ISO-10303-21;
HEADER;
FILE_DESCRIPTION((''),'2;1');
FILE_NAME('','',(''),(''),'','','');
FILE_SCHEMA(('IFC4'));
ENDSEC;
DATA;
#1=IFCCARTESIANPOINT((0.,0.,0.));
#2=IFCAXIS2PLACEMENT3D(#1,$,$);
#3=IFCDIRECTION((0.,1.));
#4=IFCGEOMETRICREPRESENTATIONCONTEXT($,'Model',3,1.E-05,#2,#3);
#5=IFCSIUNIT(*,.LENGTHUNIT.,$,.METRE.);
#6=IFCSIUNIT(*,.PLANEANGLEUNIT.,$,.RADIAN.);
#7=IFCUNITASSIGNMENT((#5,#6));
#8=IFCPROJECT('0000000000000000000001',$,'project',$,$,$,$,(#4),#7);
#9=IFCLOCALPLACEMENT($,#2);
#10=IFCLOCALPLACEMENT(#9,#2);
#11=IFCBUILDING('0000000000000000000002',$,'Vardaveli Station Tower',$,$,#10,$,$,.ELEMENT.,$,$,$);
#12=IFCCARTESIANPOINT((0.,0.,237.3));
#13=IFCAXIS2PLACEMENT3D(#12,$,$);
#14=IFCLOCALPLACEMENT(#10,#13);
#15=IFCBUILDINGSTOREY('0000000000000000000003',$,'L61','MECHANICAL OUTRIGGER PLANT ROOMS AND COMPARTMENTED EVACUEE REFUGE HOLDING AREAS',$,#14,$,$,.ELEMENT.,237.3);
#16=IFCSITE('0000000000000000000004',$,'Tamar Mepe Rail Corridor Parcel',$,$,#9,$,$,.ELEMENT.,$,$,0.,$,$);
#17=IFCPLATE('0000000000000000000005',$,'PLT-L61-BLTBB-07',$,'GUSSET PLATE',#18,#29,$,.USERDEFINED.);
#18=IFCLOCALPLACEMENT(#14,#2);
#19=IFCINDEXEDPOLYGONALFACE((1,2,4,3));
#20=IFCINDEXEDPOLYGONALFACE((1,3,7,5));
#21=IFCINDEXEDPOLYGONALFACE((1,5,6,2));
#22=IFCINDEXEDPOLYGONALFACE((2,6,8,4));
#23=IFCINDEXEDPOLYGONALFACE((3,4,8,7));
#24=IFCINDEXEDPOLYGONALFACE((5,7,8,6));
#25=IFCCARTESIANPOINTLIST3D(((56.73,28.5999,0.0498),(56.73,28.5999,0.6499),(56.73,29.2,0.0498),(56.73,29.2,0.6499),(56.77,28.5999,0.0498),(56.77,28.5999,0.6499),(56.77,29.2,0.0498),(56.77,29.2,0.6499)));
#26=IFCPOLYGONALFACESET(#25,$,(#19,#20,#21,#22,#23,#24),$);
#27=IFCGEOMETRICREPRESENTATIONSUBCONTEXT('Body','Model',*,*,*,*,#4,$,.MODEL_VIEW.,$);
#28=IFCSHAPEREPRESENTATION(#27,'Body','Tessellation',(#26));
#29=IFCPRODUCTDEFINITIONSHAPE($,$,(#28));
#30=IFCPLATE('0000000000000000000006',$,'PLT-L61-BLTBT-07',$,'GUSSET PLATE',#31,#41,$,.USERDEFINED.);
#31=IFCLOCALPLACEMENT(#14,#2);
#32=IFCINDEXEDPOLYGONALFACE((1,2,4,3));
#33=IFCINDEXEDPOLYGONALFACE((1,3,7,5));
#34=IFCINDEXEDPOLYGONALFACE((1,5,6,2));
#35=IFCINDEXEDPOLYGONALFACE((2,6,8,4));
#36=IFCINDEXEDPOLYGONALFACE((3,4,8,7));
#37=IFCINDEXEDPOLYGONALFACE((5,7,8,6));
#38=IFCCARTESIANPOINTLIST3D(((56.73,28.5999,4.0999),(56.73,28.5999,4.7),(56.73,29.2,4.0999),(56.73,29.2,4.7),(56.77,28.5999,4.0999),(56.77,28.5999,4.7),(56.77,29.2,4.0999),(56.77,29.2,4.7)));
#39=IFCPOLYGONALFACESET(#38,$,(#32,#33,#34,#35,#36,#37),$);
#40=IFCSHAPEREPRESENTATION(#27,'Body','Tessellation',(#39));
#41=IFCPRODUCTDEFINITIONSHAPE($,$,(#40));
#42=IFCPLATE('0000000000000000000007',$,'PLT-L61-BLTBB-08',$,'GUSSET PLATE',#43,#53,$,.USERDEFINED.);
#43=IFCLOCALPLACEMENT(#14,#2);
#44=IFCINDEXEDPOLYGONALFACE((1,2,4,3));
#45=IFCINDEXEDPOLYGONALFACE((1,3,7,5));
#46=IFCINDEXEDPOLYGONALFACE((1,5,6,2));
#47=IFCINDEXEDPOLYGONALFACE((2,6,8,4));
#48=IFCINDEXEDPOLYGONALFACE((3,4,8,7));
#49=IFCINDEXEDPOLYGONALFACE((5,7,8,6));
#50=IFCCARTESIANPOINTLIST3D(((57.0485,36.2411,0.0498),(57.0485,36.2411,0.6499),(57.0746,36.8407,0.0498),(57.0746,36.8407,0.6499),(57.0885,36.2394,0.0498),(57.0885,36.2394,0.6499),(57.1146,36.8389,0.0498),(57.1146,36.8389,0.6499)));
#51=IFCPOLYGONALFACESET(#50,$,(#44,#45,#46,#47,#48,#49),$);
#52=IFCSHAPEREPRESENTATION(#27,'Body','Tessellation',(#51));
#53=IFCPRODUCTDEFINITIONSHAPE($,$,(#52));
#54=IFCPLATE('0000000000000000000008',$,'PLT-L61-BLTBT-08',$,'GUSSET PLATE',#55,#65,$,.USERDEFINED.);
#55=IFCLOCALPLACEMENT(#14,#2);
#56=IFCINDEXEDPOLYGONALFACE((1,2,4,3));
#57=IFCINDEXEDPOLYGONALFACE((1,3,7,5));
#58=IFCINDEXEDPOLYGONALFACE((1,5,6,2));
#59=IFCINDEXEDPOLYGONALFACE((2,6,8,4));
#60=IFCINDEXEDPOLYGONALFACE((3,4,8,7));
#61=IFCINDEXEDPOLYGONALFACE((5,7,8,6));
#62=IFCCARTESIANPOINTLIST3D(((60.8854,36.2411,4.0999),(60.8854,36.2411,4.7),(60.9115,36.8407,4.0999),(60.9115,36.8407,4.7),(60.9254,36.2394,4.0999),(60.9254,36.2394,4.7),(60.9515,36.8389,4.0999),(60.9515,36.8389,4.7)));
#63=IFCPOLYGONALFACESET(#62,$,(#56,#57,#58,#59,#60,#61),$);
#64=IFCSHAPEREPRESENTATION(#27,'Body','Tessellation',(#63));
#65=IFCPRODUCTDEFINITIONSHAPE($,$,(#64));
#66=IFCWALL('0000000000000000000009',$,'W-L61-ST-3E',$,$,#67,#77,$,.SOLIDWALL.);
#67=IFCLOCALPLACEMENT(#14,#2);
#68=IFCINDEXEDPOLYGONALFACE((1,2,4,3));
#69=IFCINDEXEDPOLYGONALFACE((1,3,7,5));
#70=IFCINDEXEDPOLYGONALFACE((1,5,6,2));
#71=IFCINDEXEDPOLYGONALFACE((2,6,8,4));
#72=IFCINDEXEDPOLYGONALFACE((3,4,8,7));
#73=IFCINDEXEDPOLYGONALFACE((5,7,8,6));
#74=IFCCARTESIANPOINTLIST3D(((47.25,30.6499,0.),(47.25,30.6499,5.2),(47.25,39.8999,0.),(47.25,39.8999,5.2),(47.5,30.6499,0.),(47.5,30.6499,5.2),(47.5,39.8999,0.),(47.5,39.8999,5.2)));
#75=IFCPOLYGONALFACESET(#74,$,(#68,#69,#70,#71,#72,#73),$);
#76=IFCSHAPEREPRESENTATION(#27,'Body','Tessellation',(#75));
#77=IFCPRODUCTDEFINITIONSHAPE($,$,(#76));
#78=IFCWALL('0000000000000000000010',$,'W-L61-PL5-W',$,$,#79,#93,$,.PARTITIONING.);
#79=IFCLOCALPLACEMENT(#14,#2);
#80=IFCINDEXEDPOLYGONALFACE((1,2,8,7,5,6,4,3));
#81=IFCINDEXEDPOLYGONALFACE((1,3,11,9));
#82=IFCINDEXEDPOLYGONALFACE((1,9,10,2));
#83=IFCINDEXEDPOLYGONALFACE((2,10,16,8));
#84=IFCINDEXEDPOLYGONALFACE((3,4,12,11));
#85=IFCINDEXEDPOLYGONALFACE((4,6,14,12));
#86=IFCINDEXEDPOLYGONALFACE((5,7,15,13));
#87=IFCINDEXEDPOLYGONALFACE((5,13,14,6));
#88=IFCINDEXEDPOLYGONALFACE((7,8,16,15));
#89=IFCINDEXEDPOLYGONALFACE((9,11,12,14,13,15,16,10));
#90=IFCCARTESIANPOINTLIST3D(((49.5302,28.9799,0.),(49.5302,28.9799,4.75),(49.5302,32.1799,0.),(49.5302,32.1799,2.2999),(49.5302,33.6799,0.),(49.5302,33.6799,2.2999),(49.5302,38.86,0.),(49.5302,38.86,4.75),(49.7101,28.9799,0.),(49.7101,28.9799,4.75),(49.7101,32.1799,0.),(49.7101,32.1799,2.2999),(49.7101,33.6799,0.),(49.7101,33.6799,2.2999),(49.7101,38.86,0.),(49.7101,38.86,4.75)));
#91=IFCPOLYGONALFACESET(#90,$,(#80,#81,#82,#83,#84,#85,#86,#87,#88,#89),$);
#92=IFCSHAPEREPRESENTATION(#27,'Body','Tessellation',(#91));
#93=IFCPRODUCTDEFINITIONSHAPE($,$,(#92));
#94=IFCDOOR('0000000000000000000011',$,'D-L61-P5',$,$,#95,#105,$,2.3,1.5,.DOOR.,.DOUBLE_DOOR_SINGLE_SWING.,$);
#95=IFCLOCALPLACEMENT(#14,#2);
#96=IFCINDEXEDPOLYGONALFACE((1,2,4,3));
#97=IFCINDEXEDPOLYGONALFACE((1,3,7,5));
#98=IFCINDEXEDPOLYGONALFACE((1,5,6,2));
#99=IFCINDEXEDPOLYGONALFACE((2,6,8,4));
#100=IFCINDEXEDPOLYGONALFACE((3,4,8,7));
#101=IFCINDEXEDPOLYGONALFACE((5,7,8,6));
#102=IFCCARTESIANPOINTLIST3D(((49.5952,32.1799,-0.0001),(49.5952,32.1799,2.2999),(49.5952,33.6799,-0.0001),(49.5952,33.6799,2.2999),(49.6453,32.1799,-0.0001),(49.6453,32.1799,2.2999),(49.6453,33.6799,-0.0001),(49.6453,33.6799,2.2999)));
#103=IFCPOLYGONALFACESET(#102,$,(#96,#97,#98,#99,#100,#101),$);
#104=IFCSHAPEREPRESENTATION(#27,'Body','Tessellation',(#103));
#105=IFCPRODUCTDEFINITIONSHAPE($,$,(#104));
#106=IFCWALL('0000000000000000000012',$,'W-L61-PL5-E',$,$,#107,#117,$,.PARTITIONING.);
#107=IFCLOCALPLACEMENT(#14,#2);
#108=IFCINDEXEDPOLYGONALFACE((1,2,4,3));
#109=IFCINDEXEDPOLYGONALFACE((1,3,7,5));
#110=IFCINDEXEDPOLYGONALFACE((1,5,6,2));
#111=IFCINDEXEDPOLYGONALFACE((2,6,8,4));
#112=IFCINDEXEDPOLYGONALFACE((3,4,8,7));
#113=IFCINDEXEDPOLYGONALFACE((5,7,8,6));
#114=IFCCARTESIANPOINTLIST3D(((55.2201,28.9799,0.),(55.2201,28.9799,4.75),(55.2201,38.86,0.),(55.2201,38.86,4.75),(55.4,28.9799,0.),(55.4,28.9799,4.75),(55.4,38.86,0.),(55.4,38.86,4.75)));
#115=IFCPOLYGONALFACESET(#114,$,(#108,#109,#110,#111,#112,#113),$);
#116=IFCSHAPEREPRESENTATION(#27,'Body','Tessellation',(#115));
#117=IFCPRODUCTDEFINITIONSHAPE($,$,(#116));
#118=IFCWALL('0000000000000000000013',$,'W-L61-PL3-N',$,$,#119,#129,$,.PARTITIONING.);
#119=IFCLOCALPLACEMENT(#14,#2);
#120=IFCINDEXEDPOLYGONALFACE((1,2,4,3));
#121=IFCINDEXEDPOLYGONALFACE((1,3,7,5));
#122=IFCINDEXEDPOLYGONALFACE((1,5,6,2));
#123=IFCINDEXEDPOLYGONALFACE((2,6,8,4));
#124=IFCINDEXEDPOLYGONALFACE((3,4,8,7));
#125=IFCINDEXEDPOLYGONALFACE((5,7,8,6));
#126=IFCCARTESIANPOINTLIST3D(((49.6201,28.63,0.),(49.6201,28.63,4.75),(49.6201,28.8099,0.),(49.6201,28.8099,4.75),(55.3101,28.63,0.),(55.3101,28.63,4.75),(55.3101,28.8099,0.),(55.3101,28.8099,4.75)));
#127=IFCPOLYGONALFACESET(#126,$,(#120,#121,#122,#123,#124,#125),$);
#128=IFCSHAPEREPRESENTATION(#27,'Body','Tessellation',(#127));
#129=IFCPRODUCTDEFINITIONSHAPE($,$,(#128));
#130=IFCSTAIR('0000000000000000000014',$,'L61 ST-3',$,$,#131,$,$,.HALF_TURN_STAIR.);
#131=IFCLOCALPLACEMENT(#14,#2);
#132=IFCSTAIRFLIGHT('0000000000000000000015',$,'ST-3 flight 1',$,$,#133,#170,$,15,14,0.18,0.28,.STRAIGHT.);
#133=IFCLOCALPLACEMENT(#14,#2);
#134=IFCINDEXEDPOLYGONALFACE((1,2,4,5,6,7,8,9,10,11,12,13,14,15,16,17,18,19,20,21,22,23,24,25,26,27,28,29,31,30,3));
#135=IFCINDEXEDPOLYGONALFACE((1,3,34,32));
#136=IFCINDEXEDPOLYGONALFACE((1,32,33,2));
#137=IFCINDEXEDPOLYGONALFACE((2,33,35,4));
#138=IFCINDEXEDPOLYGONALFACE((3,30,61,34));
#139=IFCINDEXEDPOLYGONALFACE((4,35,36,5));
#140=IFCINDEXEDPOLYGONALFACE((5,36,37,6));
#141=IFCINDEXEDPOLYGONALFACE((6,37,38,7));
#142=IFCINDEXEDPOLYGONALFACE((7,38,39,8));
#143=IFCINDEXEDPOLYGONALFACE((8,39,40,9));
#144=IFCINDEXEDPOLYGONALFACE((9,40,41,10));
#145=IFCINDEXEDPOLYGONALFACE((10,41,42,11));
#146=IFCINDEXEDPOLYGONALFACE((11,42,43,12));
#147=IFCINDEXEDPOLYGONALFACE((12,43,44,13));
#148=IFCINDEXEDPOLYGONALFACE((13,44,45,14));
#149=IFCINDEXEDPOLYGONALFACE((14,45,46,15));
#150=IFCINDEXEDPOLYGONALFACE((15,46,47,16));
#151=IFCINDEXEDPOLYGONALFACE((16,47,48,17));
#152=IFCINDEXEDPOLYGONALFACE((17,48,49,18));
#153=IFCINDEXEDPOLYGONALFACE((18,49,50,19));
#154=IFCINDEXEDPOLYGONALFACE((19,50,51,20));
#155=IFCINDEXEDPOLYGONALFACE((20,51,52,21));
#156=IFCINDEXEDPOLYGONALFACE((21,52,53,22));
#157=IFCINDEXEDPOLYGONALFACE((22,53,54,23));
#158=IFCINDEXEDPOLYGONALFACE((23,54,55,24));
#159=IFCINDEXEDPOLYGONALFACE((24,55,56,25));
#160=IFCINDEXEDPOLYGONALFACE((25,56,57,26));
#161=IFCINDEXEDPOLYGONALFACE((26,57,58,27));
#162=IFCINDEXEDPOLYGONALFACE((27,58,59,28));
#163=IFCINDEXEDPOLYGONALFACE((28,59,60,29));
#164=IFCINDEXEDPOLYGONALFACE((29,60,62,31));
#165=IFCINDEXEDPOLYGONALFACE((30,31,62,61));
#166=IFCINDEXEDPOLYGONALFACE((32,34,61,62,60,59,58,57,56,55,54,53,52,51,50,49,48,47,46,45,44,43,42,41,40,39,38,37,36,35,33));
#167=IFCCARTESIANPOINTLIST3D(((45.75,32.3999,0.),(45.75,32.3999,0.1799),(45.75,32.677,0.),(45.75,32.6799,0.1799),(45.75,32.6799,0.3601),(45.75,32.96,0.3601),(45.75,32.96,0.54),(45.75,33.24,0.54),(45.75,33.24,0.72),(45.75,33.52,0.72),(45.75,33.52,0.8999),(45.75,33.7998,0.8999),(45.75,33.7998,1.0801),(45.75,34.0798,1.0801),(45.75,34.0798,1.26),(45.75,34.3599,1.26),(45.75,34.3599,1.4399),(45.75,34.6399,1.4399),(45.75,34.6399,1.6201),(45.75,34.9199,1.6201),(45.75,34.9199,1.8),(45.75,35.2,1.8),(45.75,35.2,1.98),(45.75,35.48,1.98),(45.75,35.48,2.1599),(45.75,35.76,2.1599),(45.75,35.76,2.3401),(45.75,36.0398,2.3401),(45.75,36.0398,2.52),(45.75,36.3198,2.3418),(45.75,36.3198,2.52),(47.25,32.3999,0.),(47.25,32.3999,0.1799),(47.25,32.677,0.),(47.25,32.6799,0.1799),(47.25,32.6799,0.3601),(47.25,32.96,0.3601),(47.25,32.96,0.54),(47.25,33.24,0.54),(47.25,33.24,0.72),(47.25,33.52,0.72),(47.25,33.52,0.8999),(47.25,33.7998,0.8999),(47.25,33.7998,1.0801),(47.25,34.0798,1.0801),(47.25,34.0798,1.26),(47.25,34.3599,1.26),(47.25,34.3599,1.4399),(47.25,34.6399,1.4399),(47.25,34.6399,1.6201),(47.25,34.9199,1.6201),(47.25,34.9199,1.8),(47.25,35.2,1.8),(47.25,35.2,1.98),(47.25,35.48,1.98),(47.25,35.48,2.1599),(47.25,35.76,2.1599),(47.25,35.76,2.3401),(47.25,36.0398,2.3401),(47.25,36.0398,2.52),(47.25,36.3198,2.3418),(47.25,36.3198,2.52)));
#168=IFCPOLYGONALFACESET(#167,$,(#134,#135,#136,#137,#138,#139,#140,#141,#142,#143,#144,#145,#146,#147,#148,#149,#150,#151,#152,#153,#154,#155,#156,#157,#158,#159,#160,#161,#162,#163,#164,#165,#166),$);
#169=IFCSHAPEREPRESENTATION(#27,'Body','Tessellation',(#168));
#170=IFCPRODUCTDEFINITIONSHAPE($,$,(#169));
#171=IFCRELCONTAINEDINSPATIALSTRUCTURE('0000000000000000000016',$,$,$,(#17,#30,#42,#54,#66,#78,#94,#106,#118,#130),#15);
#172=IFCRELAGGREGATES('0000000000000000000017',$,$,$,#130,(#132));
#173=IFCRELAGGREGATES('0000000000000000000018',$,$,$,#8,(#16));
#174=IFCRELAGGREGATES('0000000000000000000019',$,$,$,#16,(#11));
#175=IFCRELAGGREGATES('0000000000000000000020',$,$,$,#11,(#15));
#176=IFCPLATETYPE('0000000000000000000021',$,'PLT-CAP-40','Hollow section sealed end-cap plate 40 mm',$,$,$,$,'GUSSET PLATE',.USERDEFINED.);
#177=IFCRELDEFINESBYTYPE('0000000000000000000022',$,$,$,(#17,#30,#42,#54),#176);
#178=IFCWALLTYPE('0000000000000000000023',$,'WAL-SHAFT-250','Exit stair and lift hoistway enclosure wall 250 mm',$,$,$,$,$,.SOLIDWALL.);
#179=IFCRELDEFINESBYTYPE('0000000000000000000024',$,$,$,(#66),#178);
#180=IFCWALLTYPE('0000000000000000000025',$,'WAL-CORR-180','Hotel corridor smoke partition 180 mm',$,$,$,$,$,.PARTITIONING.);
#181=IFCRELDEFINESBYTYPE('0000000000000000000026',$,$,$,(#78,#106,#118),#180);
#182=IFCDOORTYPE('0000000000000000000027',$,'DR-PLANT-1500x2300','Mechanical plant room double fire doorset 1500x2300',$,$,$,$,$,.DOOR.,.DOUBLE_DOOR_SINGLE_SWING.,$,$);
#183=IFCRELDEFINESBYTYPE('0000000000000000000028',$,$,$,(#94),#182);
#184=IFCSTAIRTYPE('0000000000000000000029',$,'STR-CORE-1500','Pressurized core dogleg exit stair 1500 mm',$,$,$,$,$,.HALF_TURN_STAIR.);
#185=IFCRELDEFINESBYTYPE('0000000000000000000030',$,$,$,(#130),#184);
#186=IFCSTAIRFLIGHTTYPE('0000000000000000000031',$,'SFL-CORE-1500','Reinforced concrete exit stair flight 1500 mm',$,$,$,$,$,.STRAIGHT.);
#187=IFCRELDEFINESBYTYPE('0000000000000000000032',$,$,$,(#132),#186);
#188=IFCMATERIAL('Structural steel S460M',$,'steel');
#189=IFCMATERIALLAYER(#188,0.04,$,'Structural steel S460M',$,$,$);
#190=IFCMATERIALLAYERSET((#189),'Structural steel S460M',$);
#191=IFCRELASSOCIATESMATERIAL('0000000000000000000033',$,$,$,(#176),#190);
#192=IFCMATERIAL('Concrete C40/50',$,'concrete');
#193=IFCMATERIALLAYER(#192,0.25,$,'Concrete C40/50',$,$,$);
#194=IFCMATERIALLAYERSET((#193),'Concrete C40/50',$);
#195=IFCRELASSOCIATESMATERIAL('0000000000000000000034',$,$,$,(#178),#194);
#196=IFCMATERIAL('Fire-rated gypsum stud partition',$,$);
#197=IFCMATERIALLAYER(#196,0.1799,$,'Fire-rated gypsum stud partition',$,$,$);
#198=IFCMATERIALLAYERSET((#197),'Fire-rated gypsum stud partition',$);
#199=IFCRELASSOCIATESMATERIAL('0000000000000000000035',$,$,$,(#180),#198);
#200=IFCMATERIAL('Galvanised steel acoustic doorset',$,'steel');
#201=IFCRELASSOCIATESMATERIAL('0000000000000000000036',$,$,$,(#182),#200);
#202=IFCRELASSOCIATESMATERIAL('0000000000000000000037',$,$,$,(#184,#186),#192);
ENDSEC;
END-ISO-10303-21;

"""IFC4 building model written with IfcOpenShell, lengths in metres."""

from ifc_helpers import new_model, si_unit, direction, frame, frame_2d, origin, origin_2d, place, context, subcontext, project, spatial, polyline, rectangle, outline, extrude, source, transform, mapped, material, layer, layer_set, type_object, element, fill, aggregate, save


model = new_model("IFC4")

# Units and contexts
model_context = context("Model", 3, precision=1e-05, world=origin(), true_north=direction((0.0, 1.0)))
body_context = subcontext(model_context, "Body", "Model", "MODEL_VIEW")
ifc_project = project(units=[si_unit("LENGTHUNIT", "METRE"), si_unit("PLANEANGLEUNIT", "RADIAN")], contexts=[model_context])

# Site, building, storey
site_placement = place(None, origin())
site = spatial("IfcSite", under=ifc_project, at=site_placement, Name="Tamar Mepe Rail Corridor Parcel", CompositionType="ELEMENT", RefElevation=0.0)
building_placement = place(site_placement, origin())
building = spatial("IfcBuilding", under=site, at=building_placement, Name="Vardaveli Station Tower", CompositionType="ELEMENT")
storey_placement = place(building_placement, frame((0.0, 0.0, 237.3)))
storey = spatial("IfcBuildingStorey", under=building, at=storey_placement, Name="L61", Description="MECHANICAL OUTRIGGER PLANT ROOMS AND COMPARTMENTED EVACUEE REFUGE HOLDING AREAS", CompositionType="ELEMENT", Elevation=237.3)

# Shared definitions
ifc_material_1 = material(Name="Structural steel S460M", Category="steel")

# Plates
ifc_layer_1 = layer(ifc_material_1, 0.04, Name="Structural steel S460M")
ifc_layer_set_1 = layer_set([ifc_layer_1], Name="Structural steel S460M")
plate_type_1 = type_object("IfcPlateType", Name="PLT-CAP-40", Description="Hollow section sealed end-cap plate 40 mm", ElementType="GUSSET PLATE", PredefinedType="USERDEFINED", material=ifc_layer_set_1)
shared_shape_1 = source(origin(), body_context, "Body", "SweptSolid", [
    extrude(rectangle(XDim=0.6001, YDim=0.04, at=origin_2d()), origin(), (0.0, 0.0, 1.0), 0.6001),
])
for number, where, z_axis, x_axis, name in (
    (1, (56.75, 28.8999, 0.0498), (0.0, 0.0, 1.0), (0.0, 1.0, 0.0), "PLT-L61-BLTBB-07"),
    (2, (56.75, 28.8999, 4.0999), (0.0, 0.0, 1.0), (0.0, 1.0, 0.0), "PLT-L61-BLTBT-07"),
    (3, (57.0815, 36.54, 0.0498), (0.0, 0.0, 1.0), (0.043445, 0.999056, 0.0), "PLT-L61-BLTBB-08"),
    (4, (60.9185, 36.54, 4.0999), (0.0, 0.0, 1.0), (0.043445, 0.999056, 0.0), "PLT-L61-BLTBT-08"),
):
    element("IfcPlate", number, at=place(storey_placement, frame(where, z_axis=z_axis, x_axis=x_axis)), inside=storey, type_object=plate_type_1, Name=name, ObjectType="GUSSET PLATE", PredefinedType="USERDEFINED", context=body_context, shape_type="MappedRepresentation", body=[
        mapped(shared_shape_1, transform((0.0, 0.0, 0.0), scale=1.0)),
    ])

# Wall
ifc_material_2 = material(Name="Concrete C40/50", Category="concrete")
ifc_layer_2 = layer(ifc_material_2, 0.25, Name="Concrete C40/50")
ifc_layer_set_2 = layer_set([ifc_layer_2], Name="Concrete C40/50")
wall_type_1 = type_object("IfcWallType", Name="WAL-SHAFT-250", Description="Exit stair and lift hoistway enclosure wall 250 mm", PredefinedType="SOLIDWALL", material=ifc_layer_set_2)
shared_shape_2 = source(origin(), body_context, "Body", "SweptSolid", [
    extrude(rectangle(XDim=9.25, YDim=0.25, at=frame_2d((4.625, 0.0))), origin(), (0.0, 0.0, 1.0), 5.2),
])
wall_1_placement = place(storey_placement, frame((47.375, 30.6499, 0.0), z_axis=(0.0, 0.0, 1.0), x_axis=(0.0, 1.0, 0.0)))
element("IfcWall", 5, at=wall_1_placement, inside=storey, type_object=wall_type_1, Name="W-L61-ST-3E", PredefinedType="SOLIDWALL", context=body_context, shape_type="MappedRepresentation", body=[
    mapped(shared_shape_2, transform((0.0, 0.0, 0.0), scale=1.0)),
])

# Wall, opening, door
ifc_material_3 = material(Name="Fire-rated gypsum stud partition")
ifc_layer_3 = layer(ifc_material_3, 0.1799, Name="Fire-rated gypsum stud partition")
ifc_layer_set_3 = layer_set([ifc_layer_3], Name="Fire-rated gypsum stud partition")
wall_type_2 = type_object("IfcWallType", Name="WAL-CORR-180", Description="Hotel corridor smoke partition 180 mm", PredefinedType="PARTITIONING", material=ifc_layer_set_3)
shared_shape_3 = source(origin(), body_context, "Body", "SweptSolid", [
    extrude(rectangle(XDim=9.8801, YDim=0.1799, at=frame_2d((4.9399, 0.0))), origin(), (0.0, 0.0, 1.0), 4.75),
])
wall_2_placement = place(storey_placement, frame((49.6201, 28.98, 0.0), z_axis=(0.0, 0.0, 1.0), x_axis=(0.0, 1.0, 0.0)))
wall_2 = element("IfcWall", 6, at=wall_2_placement, inside=storey, type_object=wall_type_2, Name="W-L61-PL5-W", PredefinedType="PARTITIONING", context=body_context, shape_type="MappedRepresentation", body=[
    mapped(shared_shape_3, transform((0.0, 0.0, 0.0), scale=1.0)),
])
shared_shape_4 = source(origin(), body_context, "Body", "SweptSolid", [
    extrude(rectangle(XDim=1.5, YDim=2.3, at=frame_2d((0.75, 1.1499))), frame((0.0, 0.1001, 0.0), z_axis=(0.0, -1.0, 0.0), x_axis=(1.0, 0.0, 0.0)), (0.0, 0.0, 1.0), 0.2),
])
opening_placement = place(wall_2_placement, frame((3.2, 0.0, 0.0)))
opening = element("IfcOpeningElement", 7, at=opening_placement, cuts=wall_2, PredefinedType="OPENING", context=body_context, shape_type="MappedRepresentation", body=[
    mapped(shared_shape_4, transform((0.0, 0.0, 0.0), scale=1.0)),
])
ifc_material_4 = material(Name="Galvanised steel acoustic doorset", Category="steel")
door_type = type_object("IfcDoorType", Name="DR-PLANT-1500x2300", Description="Mechanical plant room double fire doorset 1500x2300", OperationType="DOUBLE_DOOR_SINGLE_SWING", PredefinedType="DOOR", material=ifc_material_4)
shared_shape_5 = source(origin(), body_context, "Body", "SweptSolid", [
    extrude(rectangle(XDim=1.5, YDim=2.3, at=frame_2d((0.75, 1.1499))), frame((0.0, 0.0249, 0.0), z_axis=(0.0, -1.0, 0.0), x_axis=(1.0, 0.0, 0.0)), (0.0, 0.0, 1.0), 0.05),
])
door_placement = place(opening_placement, origin())
door = element("IfcDoor", 8, at=door_placement, inside=storey, type_object=door_type, Name="D-L61-P5", OperationType="DOUBLE_DOOR_SINGLE_SWING", OverallHeight=2.3, OverallWidth=1.5, PredefinedType="DOOR", context=body_context, shape_type="MappedRepresentation", body=[
    mapped(shared_shape_5, transform((0.0, 0.0, 0.0), scale=1.0)),
])
fill(opening, door)

# Walls
wall_3_placement = place(storey_placement, frame((55.3101, 28.98, 0.0), z_axis=(0.0, 0.0, 1.0), x_axis=(0.0, 1.0, 0.0)))
element("IfcWall", 9, at=wall_3_placement, inside=storey, type_object=wall_type_2, Name="W-L61-PL5-E", PredefinedType="PARTITIONING", context=body_context, shape_type="MappedRepresentation", body=[
    mapped(shared_shape_3, transform((0.0, 0.0, 0.0), scale=1.0)),
])
shared_shape_6 = source(origin(), body_context, "Body", "SweptSolid", [
    extrude(rectangle(XDim=5.6899, YDim=0.1799, at=frame_2d((2.845, 0.0))), origin(), (0.0, 0.0, 1.0), 4.75),
])
wall_4_placement = place(storey_placement, frame((49.6201, 28.72, 0.0), z_axis=(0.0, 0.0, 1.0), x_axis=(1.0, 0.0, 0.0)))
element("IfcWall", 10, at=wall_4_placement, inside=storey, type_object=wall_type_2, Name="W-L61-PL3-N", PredefinedType="PARTITIONING", context=body_context, shape_type="MappedRepresentation", body=[
    mapped(shared_shape_6, transform((0.0, 0.0, 0.0), scale=1.0)),
])

# Stair, stair flight
stair_type = type_object("IfcStairType", Name="STR-CORE-1500", Description="Pressurized core dogleg exit stair 1500 mm", PredefinedType="HALF_TURN_STAIR", material=ifc_material_2)
stair_placement = place(storey_placement, origin())
stair = element("IfcStair", 11, at=stair_placement, inside=storey, type_object=stair_type, Name="L61 ST-3", PredefinedType="HALF_TURN_STAIR")
stair_flight_type = type_object("IfcStairFlightType", Name="SFL-CORE-1500", Description="Reinforced concrete exit stair flight 1500 mm", PredefinedType="STRAIGHT", material=ifc_material_2)
shared_shape_7 = source(origin(), body_context, "Body", "SweptSolid", [
    extrude(outline(polyline([(0.0, 0.0), (0.0, 0.1799), (0.28, 0.1799), (0.28, 0.3601), (0.5601, 0.3601), (0.5601, 0.54), (0.8401, 0.54), (0.8401, 0.72), (1.1201, 0.72), (1.1201, 0.8999), (1.3999, 0.8999), (1.3999, 1.0801), (1.6799, 1.0801), (1.6799, 1.26), (1.96, 1.26), (1.96, 1.4399), (2.24, 1.4399), (2.24, 1.6201), (2.52, 1.6201), (2.52, 1.8), (2.8, 1.8), (2.8, 1.98), (3.0801, 1.98), (3.0801, 2.1599), (3.3601, 2.1599), (3.3601, 2.3401), (3.6399, 2.3401), (3.6399, 2.52), (3.9199, 2.52), (3.9199, 2.7), (3.9199, 2.3418), (0.2771, 0.0), (0.0, 0.0)])), frame((0.0, 0.75, 0.0), z_axis=(0.0, -1.0, 0.0), x_axis=(1.0, 0.0, 0.0)), (0.0, 0.0, 1.0), 1.5),
])
stair_flight_placement = place(storey_placement, frame((46.5, 32.3999, 0.0), z_axis=(0.0, 0.0, 1.0), x_axis=(0.0, 1.0, 0.0)))
stair_flight = element("IfcStairFlight", 12, at=stair_flight_placement, type_object=stair_flight_type, Name="ST-3 flight 1", NumberOfRisers=15, NumberOfTreads=14, PredefinedType="STRAIGHT", RiserHeight=0.18, TreadLength=0.28, context=body_context, shape_type="MappedRepresentation", body=[
    mapped(shared_shape_7, transform((0.0, 0.0, 0.0), scale=1.0)),
])
aggregate(stair, [stair_flight])

save(model, "model.ifc")
